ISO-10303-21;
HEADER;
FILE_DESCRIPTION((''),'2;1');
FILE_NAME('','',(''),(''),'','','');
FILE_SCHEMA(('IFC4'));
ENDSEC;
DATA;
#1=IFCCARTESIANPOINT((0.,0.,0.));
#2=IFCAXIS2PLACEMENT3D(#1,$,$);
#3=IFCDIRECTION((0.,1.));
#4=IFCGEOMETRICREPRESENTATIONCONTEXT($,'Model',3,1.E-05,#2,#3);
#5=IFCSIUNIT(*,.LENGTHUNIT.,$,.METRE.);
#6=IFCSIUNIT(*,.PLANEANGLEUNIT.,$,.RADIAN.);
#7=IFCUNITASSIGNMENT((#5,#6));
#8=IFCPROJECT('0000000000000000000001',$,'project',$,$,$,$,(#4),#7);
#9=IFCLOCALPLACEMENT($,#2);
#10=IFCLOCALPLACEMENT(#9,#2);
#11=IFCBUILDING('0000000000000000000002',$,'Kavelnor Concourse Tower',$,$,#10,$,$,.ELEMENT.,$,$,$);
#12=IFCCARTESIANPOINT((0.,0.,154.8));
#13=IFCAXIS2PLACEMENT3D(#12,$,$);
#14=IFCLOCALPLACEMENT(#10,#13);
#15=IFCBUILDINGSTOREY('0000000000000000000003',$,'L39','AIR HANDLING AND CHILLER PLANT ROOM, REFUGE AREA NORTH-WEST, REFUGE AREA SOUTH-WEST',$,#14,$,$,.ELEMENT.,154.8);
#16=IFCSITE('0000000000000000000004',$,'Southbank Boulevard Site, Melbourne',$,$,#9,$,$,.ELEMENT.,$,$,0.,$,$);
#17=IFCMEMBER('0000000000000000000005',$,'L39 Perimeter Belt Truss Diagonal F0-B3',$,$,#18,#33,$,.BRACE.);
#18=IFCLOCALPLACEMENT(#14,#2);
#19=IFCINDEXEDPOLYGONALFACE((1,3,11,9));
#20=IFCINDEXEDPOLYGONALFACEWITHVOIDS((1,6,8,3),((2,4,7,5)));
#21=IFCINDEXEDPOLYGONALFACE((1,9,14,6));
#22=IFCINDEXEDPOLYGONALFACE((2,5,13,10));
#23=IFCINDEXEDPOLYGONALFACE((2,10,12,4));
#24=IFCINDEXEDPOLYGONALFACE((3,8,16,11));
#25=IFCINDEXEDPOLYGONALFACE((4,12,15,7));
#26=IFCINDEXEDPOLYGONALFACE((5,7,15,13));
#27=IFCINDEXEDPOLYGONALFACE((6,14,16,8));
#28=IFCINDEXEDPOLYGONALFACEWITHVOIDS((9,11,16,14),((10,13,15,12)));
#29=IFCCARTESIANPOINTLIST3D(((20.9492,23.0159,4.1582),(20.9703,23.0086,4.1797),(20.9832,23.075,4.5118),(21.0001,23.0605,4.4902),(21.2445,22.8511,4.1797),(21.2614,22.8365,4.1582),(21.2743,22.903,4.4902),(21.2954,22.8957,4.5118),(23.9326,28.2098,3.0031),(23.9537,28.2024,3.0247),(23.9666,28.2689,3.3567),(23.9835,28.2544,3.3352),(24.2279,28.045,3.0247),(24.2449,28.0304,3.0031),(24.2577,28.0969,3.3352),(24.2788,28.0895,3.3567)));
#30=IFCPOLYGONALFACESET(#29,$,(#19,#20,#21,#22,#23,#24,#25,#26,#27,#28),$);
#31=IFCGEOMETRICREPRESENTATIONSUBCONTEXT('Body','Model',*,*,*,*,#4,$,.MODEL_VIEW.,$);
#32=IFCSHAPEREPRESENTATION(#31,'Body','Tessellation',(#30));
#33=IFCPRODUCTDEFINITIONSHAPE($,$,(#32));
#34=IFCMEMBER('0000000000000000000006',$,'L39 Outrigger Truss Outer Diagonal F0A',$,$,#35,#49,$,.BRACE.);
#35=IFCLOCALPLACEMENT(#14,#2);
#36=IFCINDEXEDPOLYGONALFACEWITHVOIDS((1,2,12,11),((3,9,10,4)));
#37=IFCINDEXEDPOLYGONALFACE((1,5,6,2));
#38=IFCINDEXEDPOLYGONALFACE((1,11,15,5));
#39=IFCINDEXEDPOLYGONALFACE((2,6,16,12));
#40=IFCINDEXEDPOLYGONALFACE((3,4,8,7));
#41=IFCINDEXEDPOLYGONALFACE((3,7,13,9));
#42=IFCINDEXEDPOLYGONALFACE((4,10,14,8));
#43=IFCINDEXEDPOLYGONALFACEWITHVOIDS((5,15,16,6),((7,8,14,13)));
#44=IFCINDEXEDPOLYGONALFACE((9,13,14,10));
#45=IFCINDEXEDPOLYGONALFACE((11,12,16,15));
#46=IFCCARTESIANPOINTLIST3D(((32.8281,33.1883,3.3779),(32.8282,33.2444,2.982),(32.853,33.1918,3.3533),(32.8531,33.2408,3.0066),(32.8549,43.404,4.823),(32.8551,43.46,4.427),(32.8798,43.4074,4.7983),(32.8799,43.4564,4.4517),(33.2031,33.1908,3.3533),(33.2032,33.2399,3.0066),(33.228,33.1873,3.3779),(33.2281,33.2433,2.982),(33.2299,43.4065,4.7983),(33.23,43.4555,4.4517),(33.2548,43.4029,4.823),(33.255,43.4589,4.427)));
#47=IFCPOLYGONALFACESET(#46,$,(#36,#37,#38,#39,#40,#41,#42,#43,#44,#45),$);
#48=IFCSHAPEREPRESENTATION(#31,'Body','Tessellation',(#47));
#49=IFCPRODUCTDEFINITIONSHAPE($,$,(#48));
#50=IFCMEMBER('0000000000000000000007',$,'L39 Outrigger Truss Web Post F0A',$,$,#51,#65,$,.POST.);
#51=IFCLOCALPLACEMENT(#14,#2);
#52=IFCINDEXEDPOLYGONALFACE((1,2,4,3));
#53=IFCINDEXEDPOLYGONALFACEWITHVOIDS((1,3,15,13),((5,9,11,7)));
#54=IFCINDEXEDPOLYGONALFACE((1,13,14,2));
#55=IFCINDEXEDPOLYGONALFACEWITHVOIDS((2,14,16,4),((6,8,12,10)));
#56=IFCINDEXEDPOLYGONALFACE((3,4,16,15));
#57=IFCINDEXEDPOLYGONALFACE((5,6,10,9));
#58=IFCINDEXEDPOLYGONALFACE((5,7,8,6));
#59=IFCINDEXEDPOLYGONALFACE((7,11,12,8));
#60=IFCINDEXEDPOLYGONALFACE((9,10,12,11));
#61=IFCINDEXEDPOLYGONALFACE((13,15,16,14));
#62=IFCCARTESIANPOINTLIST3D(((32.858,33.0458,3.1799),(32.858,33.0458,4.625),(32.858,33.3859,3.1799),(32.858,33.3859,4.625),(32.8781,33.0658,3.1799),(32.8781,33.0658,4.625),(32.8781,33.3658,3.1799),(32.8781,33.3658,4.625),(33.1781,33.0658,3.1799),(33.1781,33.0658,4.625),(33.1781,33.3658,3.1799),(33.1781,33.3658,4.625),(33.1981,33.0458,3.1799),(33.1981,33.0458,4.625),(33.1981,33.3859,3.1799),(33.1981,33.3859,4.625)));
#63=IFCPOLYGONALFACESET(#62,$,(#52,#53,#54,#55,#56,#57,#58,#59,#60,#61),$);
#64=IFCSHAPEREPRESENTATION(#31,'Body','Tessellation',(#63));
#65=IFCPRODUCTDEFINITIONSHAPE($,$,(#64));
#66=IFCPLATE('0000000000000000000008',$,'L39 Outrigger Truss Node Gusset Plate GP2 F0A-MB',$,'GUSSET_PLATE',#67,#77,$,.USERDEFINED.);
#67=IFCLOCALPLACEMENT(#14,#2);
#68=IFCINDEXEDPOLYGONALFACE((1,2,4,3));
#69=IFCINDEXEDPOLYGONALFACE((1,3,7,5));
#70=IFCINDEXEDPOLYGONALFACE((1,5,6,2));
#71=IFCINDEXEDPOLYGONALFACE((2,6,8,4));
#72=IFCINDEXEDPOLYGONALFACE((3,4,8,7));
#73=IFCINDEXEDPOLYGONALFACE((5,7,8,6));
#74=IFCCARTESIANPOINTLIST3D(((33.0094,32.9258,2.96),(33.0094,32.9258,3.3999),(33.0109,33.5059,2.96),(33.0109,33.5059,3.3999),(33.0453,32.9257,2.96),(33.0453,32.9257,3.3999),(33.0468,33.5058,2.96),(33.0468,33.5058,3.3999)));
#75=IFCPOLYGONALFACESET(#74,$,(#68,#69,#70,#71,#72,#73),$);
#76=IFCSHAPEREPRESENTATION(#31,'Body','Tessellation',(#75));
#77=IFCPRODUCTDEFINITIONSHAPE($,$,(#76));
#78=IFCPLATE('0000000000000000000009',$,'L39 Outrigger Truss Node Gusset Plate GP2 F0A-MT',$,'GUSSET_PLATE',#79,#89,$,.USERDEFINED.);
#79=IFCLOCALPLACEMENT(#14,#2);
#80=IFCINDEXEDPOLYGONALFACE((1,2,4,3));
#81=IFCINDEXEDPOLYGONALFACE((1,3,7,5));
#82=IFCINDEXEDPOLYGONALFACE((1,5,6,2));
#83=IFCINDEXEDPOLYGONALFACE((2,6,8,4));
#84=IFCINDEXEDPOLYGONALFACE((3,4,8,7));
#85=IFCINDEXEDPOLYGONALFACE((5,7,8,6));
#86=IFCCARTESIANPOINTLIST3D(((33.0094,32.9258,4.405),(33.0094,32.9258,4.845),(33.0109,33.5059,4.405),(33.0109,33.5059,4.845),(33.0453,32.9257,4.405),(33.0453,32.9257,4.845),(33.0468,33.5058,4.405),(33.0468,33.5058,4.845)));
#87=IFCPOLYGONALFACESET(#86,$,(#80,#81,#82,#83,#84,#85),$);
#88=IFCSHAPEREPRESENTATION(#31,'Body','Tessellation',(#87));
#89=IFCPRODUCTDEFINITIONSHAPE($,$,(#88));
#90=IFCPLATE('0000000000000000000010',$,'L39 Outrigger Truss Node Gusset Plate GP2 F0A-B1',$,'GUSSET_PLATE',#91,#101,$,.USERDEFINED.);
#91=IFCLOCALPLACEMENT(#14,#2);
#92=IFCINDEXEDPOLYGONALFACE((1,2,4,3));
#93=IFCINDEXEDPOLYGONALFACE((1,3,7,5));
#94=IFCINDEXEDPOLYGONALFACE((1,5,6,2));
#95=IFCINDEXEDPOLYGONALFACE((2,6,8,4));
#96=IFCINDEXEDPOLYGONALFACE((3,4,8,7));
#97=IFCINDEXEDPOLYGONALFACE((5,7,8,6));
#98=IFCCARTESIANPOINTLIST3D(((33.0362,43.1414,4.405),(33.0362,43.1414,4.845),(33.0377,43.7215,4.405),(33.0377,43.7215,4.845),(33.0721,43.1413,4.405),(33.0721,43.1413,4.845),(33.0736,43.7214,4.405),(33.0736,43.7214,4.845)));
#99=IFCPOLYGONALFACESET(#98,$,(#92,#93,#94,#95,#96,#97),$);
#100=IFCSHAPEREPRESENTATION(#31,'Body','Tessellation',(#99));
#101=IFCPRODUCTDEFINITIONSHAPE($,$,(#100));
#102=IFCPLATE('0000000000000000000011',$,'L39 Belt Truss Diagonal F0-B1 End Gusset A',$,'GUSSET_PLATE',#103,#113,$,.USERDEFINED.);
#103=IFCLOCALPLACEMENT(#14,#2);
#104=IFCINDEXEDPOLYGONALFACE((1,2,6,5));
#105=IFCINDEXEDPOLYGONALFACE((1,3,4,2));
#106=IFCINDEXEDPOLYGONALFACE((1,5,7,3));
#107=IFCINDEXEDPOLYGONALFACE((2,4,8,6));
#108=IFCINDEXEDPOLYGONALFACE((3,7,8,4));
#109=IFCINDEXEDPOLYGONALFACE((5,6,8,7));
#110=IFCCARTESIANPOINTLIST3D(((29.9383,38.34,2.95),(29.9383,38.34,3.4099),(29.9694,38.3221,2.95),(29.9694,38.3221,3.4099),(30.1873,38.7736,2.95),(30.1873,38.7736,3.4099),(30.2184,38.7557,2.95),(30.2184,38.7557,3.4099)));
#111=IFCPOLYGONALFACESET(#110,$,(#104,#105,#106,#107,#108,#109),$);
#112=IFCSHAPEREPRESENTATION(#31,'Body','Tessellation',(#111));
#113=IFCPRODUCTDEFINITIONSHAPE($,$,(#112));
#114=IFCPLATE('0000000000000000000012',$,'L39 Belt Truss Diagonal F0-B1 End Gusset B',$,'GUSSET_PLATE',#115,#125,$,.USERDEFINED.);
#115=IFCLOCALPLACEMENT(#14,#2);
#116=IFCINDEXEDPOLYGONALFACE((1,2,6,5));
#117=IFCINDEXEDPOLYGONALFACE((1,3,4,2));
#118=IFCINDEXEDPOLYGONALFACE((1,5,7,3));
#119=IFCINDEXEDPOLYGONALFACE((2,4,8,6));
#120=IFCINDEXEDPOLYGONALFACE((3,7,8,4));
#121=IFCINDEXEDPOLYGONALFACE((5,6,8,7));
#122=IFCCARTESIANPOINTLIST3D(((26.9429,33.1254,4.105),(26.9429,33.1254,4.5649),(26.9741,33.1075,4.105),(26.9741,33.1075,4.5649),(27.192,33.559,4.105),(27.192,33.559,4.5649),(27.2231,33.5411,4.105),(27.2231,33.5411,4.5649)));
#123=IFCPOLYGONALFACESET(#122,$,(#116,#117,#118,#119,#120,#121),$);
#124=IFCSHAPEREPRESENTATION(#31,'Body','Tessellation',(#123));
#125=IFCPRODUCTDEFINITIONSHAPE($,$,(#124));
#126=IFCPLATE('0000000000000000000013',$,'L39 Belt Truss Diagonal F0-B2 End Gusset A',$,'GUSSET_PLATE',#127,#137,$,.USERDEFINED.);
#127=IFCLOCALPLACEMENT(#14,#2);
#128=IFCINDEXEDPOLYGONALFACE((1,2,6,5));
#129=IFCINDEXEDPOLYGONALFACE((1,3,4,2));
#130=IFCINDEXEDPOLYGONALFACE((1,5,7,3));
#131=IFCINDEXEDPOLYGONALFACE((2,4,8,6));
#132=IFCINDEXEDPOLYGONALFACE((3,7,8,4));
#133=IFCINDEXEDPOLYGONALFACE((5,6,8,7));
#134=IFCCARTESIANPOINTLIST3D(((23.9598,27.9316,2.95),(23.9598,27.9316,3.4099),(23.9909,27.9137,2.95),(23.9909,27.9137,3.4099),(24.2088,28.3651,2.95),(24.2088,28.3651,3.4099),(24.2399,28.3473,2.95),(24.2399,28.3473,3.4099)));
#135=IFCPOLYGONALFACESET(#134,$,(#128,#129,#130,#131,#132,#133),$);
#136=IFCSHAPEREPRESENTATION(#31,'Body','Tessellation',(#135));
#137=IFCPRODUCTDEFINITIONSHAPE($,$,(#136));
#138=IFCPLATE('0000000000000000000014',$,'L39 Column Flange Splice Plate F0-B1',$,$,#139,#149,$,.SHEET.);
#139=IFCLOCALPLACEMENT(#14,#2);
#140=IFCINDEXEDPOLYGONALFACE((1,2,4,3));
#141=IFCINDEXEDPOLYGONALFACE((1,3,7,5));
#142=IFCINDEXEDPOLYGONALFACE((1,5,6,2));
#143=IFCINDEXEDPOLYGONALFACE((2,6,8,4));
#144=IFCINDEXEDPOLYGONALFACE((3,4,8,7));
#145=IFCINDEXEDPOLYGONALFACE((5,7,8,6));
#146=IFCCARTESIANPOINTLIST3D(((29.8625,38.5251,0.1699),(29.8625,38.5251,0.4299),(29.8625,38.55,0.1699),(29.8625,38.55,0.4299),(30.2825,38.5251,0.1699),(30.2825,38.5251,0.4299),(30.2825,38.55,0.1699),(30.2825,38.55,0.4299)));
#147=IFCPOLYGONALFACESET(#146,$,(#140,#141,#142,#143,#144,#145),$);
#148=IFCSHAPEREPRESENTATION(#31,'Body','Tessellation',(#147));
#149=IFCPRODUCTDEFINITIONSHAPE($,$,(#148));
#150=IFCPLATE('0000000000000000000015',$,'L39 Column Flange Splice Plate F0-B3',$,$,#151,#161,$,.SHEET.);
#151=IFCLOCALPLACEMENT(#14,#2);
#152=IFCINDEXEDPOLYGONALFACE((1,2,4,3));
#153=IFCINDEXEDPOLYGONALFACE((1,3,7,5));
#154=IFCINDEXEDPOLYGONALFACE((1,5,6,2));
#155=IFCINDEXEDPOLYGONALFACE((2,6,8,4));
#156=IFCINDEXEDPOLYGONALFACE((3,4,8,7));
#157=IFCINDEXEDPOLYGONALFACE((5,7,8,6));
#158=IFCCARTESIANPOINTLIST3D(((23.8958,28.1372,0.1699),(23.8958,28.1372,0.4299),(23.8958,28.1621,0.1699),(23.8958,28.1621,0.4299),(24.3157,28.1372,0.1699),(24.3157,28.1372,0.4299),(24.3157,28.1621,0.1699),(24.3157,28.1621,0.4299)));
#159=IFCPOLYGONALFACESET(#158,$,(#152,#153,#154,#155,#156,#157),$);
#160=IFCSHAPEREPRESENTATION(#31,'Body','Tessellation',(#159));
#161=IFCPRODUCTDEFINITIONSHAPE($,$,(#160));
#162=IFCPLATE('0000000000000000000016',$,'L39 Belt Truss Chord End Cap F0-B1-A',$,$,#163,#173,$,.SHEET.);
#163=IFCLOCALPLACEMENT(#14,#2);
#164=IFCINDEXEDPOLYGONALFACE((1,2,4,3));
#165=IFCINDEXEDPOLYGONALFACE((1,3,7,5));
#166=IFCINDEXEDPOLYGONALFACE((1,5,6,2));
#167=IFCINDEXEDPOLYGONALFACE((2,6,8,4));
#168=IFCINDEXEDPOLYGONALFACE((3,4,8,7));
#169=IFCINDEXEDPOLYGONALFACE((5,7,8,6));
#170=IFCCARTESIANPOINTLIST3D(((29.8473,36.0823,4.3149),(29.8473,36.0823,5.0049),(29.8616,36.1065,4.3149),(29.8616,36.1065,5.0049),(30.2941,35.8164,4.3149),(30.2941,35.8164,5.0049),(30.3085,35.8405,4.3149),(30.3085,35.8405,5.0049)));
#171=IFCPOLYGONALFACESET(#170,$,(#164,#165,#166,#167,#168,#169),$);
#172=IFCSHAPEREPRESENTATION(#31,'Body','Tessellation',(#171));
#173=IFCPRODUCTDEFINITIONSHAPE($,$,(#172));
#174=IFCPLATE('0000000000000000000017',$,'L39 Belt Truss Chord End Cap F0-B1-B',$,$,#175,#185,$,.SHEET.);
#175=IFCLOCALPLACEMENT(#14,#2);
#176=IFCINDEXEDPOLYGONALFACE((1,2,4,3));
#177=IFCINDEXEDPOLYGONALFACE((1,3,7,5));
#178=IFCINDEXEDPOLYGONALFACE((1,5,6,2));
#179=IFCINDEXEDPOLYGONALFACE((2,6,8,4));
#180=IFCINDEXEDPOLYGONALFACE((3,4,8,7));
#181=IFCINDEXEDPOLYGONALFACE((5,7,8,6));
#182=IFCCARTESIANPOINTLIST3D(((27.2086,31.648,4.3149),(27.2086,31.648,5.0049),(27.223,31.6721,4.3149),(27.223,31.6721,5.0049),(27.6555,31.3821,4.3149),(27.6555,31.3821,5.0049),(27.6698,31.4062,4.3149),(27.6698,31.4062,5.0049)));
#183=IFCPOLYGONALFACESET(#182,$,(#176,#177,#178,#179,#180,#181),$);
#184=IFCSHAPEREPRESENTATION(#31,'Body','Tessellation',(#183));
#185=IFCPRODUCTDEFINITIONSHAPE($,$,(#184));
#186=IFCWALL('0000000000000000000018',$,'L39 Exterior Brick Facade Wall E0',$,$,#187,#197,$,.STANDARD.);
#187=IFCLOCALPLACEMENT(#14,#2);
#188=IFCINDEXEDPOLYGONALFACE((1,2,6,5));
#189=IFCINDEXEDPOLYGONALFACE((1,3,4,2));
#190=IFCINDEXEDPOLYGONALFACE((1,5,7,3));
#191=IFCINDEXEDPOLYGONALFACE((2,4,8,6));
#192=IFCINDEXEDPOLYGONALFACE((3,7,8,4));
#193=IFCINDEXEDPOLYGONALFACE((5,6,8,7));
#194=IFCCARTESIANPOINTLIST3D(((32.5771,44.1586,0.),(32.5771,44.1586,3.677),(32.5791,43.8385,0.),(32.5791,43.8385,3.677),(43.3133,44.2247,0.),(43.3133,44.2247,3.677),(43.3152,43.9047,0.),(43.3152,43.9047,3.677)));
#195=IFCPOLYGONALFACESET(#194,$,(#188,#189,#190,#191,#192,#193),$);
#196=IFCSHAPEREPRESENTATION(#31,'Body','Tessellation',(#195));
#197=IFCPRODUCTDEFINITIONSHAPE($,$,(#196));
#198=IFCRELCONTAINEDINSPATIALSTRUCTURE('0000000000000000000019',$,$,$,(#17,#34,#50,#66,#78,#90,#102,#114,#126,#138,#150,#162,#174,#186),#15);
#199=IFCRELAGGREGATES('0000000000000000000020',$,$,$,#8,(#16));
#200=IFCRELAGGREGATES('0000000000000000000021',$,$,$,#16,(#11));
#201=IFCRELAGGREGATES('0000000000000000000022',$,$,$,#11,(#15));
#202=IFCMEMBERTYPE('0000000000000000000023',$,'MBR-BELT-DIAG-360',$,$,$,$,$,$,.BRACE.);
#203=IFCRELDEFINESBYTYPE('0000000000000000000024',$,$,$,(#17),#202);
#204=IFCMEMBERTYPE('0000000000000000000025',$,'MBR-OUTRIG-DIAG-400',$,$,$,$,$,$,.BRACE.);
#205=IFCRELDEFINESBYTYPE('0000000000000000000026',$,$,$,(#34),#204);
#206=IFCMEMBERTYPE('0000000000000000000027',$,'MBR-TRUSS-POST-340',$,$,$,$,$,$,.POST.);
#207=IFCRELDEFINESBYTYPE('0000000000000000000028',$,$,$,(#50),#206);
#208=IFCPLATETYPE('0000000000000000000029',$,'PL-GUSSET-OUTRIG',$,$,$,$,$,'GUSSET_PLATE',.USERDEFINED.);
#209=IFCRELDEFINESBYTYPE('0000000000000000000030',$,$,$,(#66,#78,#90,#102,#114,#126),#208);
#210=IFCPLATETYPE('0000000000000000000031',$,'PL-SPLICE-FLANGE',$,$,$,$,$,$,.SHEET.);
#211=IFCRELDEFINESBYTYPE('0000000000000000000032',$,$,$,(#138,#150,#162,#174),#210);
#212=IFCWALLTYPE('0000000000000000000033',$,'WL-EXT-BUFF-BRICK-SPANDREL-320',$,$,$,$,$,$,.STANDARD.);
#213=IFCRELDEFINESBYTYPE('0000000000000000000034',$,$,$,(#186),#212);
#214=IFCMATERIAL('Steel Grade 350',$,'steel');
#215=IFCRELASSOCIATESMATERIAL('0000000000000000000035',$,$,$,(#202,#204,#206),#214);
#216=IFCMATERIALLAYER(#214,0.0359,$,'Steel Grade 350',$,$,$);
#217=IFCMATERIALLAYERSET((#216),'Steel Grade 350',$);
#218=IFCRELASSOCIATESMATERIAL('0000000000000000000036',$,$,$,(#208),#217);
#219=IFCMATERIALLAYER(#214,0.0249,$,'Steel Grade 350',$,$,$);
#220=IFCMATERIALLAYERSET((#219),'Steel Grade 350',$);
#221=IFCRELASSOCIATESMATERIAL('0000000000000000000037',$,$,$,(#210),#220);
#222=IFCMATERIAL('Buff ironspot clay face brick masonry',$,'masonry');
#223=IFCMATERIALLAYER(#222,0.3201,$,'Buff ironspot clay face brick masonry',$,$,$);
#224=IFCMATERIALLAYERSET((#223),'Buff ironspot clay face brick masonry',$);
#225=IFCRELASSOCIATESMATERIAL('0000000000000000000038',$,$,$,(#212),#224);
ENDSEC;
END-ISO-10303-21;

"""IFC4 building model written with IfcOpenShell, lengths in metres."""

from ifc_helpers import new_model, si_unit, direction, frame, frame_2d, origin, origin_2d, place, context, subcontext, project, spatial, rectangle, hollow_rectangle, extrude, material, layer, layer_set, material_profile, profile_set, type_object, element, save


model = new_model("IFC4")

# Units and contexts
model_context = context("Model", 3, precision=1e-05, world=origin(), true_north=direction((0.0, 1.0)))
body_context = subcontext(model_context, "Body", "Model", "MODEL_VIEW")
ifc_project = project(units=[si_unit("LENGTHUNIT", "METRE"), si_unit("PLANEANGLEUNIT", "RADIAN")], contexts=[model_context])

# Site, building, storey
site_placement = place(None, origin())
site = spatial("IfcSite", under=ifc_project, at=site_placement, Name="Southbank Boulevard Site, Melbourne", CompositionType="ELEMENT", RefElevation=0.0)
building_placement = place(site_placement, origin())
building = spatial("IfcBuilding", under=site, at=building_placement, Name="Kavelnor Concourse Tower", CompositionType="ELEMENT")
storey_placement = place(building_placement, frame((0.0, 0.0, 154.8)))
storey = spatial("IfcBuildingStorey", under=building, at=storey_placement, Name="L39", Description="AIR HANDLING AND CHILLER PLANT ROOM, REFUGE AREA NORTH-WEST, REFUGE AREA SOUTH-WEST", CompositionType="ELEMENT", Elevation=154.8)

# Shared definitions
ifc_material_1 = material(Name="Steel Grade 350", Category="steel")

# Members
ifc_material_profile_1 = material_profile(ifc_material_1, hollow_rectangle(XDim=0.3601, YDim=0.3601, WallThickness=0.022, at=origin_2d()), Name="SHS 360x360x22")
ifc_profile_set_1 = profile_set([ifc_material_profile_1], Name="Steel Grade 350")
member_type_1 = type_object("IfcMemberType", Name="MBR-BELT-DIAG-360", PredefinedType="BRACE", material=ifc_profile_set_1)
for number, where, z_axis, x_axis, name in (
    (1, (24.1057, 28.1497, 3.1799), (-0.489076, -0.851441, 0.189347), (0.867127, -0.498087, 0.0), "L39 Perimeter Belt Truss Diagonal F0-B3"),
):
    element("IfcMember", number, at=place(storey_placement, frame(where, z_axis=z_axis, x_axis=x_axis)), inside=storey, type_object=member_type_1, Name=name, PredefinedType="BRACE", context=body_context, shape_type="SweptSolid", body=[
        extrude(hollow_rectangle(XDim=0.3601, YDim=0.3601, WallThickness=0.022, at=origin_2d()), origin(), (0.0, 0.0, 1.0), 6.1001),
    ])
ifc_material_profile_2 = material_profile(ifc_material_1, hollow_rectangle(XDim=0.3999, YDim=0.3999, WallThickness=0.0249, at=origin_2d()), Name="SHS 400x400x25")
ifc_profile_set_2 = profile_set([ifc_material_profile_2], Name="Steel Grade 350")
member_type_2 = type_object("IfcMemberType", Name="MBR-OUTRIG-DIAG-400", PredefinedType="BRACE", material=ifc_profile_set_2)
member_1_placement = place(storey_placement, frame((33.0281, 33.2158, 3.1799), z_axis=(0.002603, 0.990139, 0.140062), x_axis=(-0.999997, 0.002629, 0.0)))
element("IfcMember", 2, at=member_1_placement, inside=storey, type_object=member_type_2, Name="L39 Outrigger Truss Outer Diagonal F0A", PredefinedType="BRACE", context=body_context, shape_type="SweptSolid", body=[
    extrude(hollow_rectangle(XDim=0.3999, YDim=0.3999, WallThickness=0.0249, at=origin_2d()), origin(), (0.0, 0.0, 1.0), 10.3174),
])
ifc_material_profile_3 = material_profile(ifc_material_1, hollow_rectangle(XDim=0.3401, YDim=0.3401, WallThickness=0.02, at=origin_2d()), Name="SHS 340x340x20")
ifc_profile_set_3 = profile_set([ifc_material_profile_3], Name="Steel Grade 350")
member_type_3 = type_object("IfcMemberType", Name="MBR-TRUSS-POST-340", PredefinedType="POST", material=ifc_profile_set_3)
member_2_placement = place(storey_placement, frame((33.0281, 33.2158, 3.1799), z_axis=(0.0, 0.0, 1.0), x_axis=(1.0, 0.0, 0.0)))
element("IfcMember", 3, at=member_2_placement, inside=storey, type_object=member_type_3, Name="L39 Outrigger Truss Web Post F0A", PredefinedType="POST", context=body_context, shape_type="SweptSolid", body=[
    extrude(hollow_rectangle(XDim=0.3401, YDim=0.3401, WallThickness=0.02, at=origin_2d()), origin(), (0.0, 0.0, 1.0), 1.4451),
])

# Plates
ifc_layer_1 = layer(ifc_material_1, 0.0359, Name="Steel Grade 350")
ifc_layer_set_1 = layer_set([ifc_layer_1], Name="Steel Grade 350")
plate_type_1 = type_object("IfcPlateType", Name="PL-GUSSET-OUTRIG", ElementType="GUSSET_PLATE", PredefinedType="USERDEFINED", material=ifc_layer_set_1)
for number, where, z_axis, x_axis, name in (
    (4, (33.0281, 33.2158, 2.96), (0.0, 0.0, 1.0), (0.002618, 0.999997, 0.0), "L39 Outrigger Truss Node Gusset Plate GP2 F0A-MB"),
    (5, (33.0281, 33.2158, 4.405), (0.0, 0.0, 1.0), (0.002618, 0.999997, 0.0), "L39 Outrigger Truss Node Gusset Plate GP2 F0A-MT"),
    (6, (33.0549, 43.4314, 4.405), (0.0, 0.0, 1.0), (0.002618, 0.999997, 0.0), "L39 Outrigger Truss Node Gusset Plate GP2 F0A-B1"),
):
    element("IfcPlate", number, at=place(storey_placement, frame(where, z_axis=z_axis, x_axis=x_axis)), inside=storey, type_object=plate_type_1, Name=name, ObjectType="GUSSET_PLATE", PredefinedType="USERDEFINED", context=body_context, shape_type="SweptSolid", body=[
        extrude(rectangle(XDim=0.5801, YDim=0.0359, at=origin_2d()), origin(), (0.0, 0.0, 1.0), 0.4399),
    ])
for number, where, z_axis, x_axis, name in (
    (7, (30.0784, 38.5479, 2.95), (0.0, 0.0, 1.0), (-0.498034, -0.867158, 0.0), "L39 Belt Truss Diagonal F0-B1 End Gusset A"),
    (8, (27.083, 33.3333, 4.105), (0.0, 0.0, 1.0), (-0.498034, -0.867158, 0.0), "L39 Belt Truss Diagonal F0-B1 End Gusset B"),
    (9, (24.0999, 28.1394, 2.95), (0.0, 0.0, 1.0), (0.498034, 0.867158, 0.0), "L39 Belt Truss Diagonal F0-B2 End Gusset A"),
):
    element("IfcPlate", number, at=place(storey_placement, frame(where, z_axis=z_axis, x_axis=x_axis)), inside=storey, type_object=plate_type_1, Name=name, ObjectType="GUSSET_PLATE", PredefinedType="USERDEFINED", context=body_context, shape_type="SweptSolid", body=[
        extrude(rectangle(XDim=0.5, YDim=0.0359, at=origin_2d()), origin(), (0.0, 0.0, 1.0), 0.46),
    ])
ifc_layer_2 = layer(ifc_material_1, 0.0249, Name="Steel Grade 350")
ifc_layer_set_2 = layer_set([ifc_layer_2], Name="Steel Grade 350")
plate_type_2 = type_object("IfcPlateType", Name="PL-SPLICE-FLANGE", PredefinedType="SHEET", material=ifc_layer_set_2)
for number, where, z_axis, x_axis, name in (
    (10, (30.0725, 38.5376, 0.1699), (0.0, 0.0, 1.0), (1.0, 0.0, 0.0), "L39 Column Flange Splice Plate F0-B1"),
    (11, (24.1057, 28.1497, 0.1699), (0.0, 0.0, 1.0), (1.0, 0.0, 0.0), "L39 Column Flange Splice Plate F0-B3"),
):
    element("IfcPlate", number, at=place(storey_placement, frame(where, z_axis=z_axis, x_axis=x_axis)), inside=storey, type_object=plate_type_2, Name=name, PredefinedType="SHEET", context=body_context, shape_type="SweptSolid", body=[
        extrude(rectangle(XDim=0.4199, YDim=0.0249, at=origin_2d()), origin(), (0.0, 0.0, 1.0), 0.26),
    ])
for number, where, z_axis, x_axis, name in (
    (12, (30.0779, 35.9614, 4.3149), (0.0, 0.0, 1.0), (-0.859317, 0.511443, 0.0), "L39 Belt Truss Chord End Cap F0-B1-A"),
    (13, (27.4392, 31.5271, 4.3149), (0.0, 0.0, 1.0), (0.859317, -0.511443, 0.0), "L39 Belt Truss Chord End Cap F0-B1-B"),
):
    element("IfcPlate", number, at=place(storey_placement, frame(where, z_axis=z_axis, x_axis=x_axis)), inside=storey, type_object=plate_type_2, Name=name, PredefinedType="SHEET", context=body_context, shape_type="SweptSolid", body=[
        extrude(rectangle(XDim=0.52, YDim=0.0281, at=origin_2d()), origin(), (0.0, 0.0, 1.0), 0.6899),
    ])

# Wall
ifc_material_2 = material(Name="Buff ironspot clay face brick masonry", Category="masonry")
ifc_layer_3 = layer(ifc_material_2, 0.3201, Name="Buff ironspot clay face brick masonry")
ifc_layer_set_3 = layer_set([ifc_layer_3], Name="Buff ironspot clay face brick masonry")
wall_type_1 = type_object("IfcWallType", Name="WL-EXT-BUFF-BRICK-SPANDREL-320", PredefinedType="STANDARD", material=ifc_layer_set_3)
wall_1_placement = place(storey_placement, frame((32.5781, 43.9985, 0.0), z_axis=(0.0, 0.0, 1.0), x_axis=(0.999981, 0.006162, 0.0)))
element("IfcWall", 14, at=wall_1_placement, inside=storey, type_object=wall_type_1, Name="L39 Exterior Brick Facade Wall E0", PredefinedType="STANDARD", context=body_context, shape_type="SweptSolid", body=[
    extrude(rectangle(XDim=10.7363, YDim=0.3201, at=frame_2d((5.3682, 0.0))), origin(), (0.0, 0.0, 1.0), 3.677),
])

save(model, "model.ifc")
